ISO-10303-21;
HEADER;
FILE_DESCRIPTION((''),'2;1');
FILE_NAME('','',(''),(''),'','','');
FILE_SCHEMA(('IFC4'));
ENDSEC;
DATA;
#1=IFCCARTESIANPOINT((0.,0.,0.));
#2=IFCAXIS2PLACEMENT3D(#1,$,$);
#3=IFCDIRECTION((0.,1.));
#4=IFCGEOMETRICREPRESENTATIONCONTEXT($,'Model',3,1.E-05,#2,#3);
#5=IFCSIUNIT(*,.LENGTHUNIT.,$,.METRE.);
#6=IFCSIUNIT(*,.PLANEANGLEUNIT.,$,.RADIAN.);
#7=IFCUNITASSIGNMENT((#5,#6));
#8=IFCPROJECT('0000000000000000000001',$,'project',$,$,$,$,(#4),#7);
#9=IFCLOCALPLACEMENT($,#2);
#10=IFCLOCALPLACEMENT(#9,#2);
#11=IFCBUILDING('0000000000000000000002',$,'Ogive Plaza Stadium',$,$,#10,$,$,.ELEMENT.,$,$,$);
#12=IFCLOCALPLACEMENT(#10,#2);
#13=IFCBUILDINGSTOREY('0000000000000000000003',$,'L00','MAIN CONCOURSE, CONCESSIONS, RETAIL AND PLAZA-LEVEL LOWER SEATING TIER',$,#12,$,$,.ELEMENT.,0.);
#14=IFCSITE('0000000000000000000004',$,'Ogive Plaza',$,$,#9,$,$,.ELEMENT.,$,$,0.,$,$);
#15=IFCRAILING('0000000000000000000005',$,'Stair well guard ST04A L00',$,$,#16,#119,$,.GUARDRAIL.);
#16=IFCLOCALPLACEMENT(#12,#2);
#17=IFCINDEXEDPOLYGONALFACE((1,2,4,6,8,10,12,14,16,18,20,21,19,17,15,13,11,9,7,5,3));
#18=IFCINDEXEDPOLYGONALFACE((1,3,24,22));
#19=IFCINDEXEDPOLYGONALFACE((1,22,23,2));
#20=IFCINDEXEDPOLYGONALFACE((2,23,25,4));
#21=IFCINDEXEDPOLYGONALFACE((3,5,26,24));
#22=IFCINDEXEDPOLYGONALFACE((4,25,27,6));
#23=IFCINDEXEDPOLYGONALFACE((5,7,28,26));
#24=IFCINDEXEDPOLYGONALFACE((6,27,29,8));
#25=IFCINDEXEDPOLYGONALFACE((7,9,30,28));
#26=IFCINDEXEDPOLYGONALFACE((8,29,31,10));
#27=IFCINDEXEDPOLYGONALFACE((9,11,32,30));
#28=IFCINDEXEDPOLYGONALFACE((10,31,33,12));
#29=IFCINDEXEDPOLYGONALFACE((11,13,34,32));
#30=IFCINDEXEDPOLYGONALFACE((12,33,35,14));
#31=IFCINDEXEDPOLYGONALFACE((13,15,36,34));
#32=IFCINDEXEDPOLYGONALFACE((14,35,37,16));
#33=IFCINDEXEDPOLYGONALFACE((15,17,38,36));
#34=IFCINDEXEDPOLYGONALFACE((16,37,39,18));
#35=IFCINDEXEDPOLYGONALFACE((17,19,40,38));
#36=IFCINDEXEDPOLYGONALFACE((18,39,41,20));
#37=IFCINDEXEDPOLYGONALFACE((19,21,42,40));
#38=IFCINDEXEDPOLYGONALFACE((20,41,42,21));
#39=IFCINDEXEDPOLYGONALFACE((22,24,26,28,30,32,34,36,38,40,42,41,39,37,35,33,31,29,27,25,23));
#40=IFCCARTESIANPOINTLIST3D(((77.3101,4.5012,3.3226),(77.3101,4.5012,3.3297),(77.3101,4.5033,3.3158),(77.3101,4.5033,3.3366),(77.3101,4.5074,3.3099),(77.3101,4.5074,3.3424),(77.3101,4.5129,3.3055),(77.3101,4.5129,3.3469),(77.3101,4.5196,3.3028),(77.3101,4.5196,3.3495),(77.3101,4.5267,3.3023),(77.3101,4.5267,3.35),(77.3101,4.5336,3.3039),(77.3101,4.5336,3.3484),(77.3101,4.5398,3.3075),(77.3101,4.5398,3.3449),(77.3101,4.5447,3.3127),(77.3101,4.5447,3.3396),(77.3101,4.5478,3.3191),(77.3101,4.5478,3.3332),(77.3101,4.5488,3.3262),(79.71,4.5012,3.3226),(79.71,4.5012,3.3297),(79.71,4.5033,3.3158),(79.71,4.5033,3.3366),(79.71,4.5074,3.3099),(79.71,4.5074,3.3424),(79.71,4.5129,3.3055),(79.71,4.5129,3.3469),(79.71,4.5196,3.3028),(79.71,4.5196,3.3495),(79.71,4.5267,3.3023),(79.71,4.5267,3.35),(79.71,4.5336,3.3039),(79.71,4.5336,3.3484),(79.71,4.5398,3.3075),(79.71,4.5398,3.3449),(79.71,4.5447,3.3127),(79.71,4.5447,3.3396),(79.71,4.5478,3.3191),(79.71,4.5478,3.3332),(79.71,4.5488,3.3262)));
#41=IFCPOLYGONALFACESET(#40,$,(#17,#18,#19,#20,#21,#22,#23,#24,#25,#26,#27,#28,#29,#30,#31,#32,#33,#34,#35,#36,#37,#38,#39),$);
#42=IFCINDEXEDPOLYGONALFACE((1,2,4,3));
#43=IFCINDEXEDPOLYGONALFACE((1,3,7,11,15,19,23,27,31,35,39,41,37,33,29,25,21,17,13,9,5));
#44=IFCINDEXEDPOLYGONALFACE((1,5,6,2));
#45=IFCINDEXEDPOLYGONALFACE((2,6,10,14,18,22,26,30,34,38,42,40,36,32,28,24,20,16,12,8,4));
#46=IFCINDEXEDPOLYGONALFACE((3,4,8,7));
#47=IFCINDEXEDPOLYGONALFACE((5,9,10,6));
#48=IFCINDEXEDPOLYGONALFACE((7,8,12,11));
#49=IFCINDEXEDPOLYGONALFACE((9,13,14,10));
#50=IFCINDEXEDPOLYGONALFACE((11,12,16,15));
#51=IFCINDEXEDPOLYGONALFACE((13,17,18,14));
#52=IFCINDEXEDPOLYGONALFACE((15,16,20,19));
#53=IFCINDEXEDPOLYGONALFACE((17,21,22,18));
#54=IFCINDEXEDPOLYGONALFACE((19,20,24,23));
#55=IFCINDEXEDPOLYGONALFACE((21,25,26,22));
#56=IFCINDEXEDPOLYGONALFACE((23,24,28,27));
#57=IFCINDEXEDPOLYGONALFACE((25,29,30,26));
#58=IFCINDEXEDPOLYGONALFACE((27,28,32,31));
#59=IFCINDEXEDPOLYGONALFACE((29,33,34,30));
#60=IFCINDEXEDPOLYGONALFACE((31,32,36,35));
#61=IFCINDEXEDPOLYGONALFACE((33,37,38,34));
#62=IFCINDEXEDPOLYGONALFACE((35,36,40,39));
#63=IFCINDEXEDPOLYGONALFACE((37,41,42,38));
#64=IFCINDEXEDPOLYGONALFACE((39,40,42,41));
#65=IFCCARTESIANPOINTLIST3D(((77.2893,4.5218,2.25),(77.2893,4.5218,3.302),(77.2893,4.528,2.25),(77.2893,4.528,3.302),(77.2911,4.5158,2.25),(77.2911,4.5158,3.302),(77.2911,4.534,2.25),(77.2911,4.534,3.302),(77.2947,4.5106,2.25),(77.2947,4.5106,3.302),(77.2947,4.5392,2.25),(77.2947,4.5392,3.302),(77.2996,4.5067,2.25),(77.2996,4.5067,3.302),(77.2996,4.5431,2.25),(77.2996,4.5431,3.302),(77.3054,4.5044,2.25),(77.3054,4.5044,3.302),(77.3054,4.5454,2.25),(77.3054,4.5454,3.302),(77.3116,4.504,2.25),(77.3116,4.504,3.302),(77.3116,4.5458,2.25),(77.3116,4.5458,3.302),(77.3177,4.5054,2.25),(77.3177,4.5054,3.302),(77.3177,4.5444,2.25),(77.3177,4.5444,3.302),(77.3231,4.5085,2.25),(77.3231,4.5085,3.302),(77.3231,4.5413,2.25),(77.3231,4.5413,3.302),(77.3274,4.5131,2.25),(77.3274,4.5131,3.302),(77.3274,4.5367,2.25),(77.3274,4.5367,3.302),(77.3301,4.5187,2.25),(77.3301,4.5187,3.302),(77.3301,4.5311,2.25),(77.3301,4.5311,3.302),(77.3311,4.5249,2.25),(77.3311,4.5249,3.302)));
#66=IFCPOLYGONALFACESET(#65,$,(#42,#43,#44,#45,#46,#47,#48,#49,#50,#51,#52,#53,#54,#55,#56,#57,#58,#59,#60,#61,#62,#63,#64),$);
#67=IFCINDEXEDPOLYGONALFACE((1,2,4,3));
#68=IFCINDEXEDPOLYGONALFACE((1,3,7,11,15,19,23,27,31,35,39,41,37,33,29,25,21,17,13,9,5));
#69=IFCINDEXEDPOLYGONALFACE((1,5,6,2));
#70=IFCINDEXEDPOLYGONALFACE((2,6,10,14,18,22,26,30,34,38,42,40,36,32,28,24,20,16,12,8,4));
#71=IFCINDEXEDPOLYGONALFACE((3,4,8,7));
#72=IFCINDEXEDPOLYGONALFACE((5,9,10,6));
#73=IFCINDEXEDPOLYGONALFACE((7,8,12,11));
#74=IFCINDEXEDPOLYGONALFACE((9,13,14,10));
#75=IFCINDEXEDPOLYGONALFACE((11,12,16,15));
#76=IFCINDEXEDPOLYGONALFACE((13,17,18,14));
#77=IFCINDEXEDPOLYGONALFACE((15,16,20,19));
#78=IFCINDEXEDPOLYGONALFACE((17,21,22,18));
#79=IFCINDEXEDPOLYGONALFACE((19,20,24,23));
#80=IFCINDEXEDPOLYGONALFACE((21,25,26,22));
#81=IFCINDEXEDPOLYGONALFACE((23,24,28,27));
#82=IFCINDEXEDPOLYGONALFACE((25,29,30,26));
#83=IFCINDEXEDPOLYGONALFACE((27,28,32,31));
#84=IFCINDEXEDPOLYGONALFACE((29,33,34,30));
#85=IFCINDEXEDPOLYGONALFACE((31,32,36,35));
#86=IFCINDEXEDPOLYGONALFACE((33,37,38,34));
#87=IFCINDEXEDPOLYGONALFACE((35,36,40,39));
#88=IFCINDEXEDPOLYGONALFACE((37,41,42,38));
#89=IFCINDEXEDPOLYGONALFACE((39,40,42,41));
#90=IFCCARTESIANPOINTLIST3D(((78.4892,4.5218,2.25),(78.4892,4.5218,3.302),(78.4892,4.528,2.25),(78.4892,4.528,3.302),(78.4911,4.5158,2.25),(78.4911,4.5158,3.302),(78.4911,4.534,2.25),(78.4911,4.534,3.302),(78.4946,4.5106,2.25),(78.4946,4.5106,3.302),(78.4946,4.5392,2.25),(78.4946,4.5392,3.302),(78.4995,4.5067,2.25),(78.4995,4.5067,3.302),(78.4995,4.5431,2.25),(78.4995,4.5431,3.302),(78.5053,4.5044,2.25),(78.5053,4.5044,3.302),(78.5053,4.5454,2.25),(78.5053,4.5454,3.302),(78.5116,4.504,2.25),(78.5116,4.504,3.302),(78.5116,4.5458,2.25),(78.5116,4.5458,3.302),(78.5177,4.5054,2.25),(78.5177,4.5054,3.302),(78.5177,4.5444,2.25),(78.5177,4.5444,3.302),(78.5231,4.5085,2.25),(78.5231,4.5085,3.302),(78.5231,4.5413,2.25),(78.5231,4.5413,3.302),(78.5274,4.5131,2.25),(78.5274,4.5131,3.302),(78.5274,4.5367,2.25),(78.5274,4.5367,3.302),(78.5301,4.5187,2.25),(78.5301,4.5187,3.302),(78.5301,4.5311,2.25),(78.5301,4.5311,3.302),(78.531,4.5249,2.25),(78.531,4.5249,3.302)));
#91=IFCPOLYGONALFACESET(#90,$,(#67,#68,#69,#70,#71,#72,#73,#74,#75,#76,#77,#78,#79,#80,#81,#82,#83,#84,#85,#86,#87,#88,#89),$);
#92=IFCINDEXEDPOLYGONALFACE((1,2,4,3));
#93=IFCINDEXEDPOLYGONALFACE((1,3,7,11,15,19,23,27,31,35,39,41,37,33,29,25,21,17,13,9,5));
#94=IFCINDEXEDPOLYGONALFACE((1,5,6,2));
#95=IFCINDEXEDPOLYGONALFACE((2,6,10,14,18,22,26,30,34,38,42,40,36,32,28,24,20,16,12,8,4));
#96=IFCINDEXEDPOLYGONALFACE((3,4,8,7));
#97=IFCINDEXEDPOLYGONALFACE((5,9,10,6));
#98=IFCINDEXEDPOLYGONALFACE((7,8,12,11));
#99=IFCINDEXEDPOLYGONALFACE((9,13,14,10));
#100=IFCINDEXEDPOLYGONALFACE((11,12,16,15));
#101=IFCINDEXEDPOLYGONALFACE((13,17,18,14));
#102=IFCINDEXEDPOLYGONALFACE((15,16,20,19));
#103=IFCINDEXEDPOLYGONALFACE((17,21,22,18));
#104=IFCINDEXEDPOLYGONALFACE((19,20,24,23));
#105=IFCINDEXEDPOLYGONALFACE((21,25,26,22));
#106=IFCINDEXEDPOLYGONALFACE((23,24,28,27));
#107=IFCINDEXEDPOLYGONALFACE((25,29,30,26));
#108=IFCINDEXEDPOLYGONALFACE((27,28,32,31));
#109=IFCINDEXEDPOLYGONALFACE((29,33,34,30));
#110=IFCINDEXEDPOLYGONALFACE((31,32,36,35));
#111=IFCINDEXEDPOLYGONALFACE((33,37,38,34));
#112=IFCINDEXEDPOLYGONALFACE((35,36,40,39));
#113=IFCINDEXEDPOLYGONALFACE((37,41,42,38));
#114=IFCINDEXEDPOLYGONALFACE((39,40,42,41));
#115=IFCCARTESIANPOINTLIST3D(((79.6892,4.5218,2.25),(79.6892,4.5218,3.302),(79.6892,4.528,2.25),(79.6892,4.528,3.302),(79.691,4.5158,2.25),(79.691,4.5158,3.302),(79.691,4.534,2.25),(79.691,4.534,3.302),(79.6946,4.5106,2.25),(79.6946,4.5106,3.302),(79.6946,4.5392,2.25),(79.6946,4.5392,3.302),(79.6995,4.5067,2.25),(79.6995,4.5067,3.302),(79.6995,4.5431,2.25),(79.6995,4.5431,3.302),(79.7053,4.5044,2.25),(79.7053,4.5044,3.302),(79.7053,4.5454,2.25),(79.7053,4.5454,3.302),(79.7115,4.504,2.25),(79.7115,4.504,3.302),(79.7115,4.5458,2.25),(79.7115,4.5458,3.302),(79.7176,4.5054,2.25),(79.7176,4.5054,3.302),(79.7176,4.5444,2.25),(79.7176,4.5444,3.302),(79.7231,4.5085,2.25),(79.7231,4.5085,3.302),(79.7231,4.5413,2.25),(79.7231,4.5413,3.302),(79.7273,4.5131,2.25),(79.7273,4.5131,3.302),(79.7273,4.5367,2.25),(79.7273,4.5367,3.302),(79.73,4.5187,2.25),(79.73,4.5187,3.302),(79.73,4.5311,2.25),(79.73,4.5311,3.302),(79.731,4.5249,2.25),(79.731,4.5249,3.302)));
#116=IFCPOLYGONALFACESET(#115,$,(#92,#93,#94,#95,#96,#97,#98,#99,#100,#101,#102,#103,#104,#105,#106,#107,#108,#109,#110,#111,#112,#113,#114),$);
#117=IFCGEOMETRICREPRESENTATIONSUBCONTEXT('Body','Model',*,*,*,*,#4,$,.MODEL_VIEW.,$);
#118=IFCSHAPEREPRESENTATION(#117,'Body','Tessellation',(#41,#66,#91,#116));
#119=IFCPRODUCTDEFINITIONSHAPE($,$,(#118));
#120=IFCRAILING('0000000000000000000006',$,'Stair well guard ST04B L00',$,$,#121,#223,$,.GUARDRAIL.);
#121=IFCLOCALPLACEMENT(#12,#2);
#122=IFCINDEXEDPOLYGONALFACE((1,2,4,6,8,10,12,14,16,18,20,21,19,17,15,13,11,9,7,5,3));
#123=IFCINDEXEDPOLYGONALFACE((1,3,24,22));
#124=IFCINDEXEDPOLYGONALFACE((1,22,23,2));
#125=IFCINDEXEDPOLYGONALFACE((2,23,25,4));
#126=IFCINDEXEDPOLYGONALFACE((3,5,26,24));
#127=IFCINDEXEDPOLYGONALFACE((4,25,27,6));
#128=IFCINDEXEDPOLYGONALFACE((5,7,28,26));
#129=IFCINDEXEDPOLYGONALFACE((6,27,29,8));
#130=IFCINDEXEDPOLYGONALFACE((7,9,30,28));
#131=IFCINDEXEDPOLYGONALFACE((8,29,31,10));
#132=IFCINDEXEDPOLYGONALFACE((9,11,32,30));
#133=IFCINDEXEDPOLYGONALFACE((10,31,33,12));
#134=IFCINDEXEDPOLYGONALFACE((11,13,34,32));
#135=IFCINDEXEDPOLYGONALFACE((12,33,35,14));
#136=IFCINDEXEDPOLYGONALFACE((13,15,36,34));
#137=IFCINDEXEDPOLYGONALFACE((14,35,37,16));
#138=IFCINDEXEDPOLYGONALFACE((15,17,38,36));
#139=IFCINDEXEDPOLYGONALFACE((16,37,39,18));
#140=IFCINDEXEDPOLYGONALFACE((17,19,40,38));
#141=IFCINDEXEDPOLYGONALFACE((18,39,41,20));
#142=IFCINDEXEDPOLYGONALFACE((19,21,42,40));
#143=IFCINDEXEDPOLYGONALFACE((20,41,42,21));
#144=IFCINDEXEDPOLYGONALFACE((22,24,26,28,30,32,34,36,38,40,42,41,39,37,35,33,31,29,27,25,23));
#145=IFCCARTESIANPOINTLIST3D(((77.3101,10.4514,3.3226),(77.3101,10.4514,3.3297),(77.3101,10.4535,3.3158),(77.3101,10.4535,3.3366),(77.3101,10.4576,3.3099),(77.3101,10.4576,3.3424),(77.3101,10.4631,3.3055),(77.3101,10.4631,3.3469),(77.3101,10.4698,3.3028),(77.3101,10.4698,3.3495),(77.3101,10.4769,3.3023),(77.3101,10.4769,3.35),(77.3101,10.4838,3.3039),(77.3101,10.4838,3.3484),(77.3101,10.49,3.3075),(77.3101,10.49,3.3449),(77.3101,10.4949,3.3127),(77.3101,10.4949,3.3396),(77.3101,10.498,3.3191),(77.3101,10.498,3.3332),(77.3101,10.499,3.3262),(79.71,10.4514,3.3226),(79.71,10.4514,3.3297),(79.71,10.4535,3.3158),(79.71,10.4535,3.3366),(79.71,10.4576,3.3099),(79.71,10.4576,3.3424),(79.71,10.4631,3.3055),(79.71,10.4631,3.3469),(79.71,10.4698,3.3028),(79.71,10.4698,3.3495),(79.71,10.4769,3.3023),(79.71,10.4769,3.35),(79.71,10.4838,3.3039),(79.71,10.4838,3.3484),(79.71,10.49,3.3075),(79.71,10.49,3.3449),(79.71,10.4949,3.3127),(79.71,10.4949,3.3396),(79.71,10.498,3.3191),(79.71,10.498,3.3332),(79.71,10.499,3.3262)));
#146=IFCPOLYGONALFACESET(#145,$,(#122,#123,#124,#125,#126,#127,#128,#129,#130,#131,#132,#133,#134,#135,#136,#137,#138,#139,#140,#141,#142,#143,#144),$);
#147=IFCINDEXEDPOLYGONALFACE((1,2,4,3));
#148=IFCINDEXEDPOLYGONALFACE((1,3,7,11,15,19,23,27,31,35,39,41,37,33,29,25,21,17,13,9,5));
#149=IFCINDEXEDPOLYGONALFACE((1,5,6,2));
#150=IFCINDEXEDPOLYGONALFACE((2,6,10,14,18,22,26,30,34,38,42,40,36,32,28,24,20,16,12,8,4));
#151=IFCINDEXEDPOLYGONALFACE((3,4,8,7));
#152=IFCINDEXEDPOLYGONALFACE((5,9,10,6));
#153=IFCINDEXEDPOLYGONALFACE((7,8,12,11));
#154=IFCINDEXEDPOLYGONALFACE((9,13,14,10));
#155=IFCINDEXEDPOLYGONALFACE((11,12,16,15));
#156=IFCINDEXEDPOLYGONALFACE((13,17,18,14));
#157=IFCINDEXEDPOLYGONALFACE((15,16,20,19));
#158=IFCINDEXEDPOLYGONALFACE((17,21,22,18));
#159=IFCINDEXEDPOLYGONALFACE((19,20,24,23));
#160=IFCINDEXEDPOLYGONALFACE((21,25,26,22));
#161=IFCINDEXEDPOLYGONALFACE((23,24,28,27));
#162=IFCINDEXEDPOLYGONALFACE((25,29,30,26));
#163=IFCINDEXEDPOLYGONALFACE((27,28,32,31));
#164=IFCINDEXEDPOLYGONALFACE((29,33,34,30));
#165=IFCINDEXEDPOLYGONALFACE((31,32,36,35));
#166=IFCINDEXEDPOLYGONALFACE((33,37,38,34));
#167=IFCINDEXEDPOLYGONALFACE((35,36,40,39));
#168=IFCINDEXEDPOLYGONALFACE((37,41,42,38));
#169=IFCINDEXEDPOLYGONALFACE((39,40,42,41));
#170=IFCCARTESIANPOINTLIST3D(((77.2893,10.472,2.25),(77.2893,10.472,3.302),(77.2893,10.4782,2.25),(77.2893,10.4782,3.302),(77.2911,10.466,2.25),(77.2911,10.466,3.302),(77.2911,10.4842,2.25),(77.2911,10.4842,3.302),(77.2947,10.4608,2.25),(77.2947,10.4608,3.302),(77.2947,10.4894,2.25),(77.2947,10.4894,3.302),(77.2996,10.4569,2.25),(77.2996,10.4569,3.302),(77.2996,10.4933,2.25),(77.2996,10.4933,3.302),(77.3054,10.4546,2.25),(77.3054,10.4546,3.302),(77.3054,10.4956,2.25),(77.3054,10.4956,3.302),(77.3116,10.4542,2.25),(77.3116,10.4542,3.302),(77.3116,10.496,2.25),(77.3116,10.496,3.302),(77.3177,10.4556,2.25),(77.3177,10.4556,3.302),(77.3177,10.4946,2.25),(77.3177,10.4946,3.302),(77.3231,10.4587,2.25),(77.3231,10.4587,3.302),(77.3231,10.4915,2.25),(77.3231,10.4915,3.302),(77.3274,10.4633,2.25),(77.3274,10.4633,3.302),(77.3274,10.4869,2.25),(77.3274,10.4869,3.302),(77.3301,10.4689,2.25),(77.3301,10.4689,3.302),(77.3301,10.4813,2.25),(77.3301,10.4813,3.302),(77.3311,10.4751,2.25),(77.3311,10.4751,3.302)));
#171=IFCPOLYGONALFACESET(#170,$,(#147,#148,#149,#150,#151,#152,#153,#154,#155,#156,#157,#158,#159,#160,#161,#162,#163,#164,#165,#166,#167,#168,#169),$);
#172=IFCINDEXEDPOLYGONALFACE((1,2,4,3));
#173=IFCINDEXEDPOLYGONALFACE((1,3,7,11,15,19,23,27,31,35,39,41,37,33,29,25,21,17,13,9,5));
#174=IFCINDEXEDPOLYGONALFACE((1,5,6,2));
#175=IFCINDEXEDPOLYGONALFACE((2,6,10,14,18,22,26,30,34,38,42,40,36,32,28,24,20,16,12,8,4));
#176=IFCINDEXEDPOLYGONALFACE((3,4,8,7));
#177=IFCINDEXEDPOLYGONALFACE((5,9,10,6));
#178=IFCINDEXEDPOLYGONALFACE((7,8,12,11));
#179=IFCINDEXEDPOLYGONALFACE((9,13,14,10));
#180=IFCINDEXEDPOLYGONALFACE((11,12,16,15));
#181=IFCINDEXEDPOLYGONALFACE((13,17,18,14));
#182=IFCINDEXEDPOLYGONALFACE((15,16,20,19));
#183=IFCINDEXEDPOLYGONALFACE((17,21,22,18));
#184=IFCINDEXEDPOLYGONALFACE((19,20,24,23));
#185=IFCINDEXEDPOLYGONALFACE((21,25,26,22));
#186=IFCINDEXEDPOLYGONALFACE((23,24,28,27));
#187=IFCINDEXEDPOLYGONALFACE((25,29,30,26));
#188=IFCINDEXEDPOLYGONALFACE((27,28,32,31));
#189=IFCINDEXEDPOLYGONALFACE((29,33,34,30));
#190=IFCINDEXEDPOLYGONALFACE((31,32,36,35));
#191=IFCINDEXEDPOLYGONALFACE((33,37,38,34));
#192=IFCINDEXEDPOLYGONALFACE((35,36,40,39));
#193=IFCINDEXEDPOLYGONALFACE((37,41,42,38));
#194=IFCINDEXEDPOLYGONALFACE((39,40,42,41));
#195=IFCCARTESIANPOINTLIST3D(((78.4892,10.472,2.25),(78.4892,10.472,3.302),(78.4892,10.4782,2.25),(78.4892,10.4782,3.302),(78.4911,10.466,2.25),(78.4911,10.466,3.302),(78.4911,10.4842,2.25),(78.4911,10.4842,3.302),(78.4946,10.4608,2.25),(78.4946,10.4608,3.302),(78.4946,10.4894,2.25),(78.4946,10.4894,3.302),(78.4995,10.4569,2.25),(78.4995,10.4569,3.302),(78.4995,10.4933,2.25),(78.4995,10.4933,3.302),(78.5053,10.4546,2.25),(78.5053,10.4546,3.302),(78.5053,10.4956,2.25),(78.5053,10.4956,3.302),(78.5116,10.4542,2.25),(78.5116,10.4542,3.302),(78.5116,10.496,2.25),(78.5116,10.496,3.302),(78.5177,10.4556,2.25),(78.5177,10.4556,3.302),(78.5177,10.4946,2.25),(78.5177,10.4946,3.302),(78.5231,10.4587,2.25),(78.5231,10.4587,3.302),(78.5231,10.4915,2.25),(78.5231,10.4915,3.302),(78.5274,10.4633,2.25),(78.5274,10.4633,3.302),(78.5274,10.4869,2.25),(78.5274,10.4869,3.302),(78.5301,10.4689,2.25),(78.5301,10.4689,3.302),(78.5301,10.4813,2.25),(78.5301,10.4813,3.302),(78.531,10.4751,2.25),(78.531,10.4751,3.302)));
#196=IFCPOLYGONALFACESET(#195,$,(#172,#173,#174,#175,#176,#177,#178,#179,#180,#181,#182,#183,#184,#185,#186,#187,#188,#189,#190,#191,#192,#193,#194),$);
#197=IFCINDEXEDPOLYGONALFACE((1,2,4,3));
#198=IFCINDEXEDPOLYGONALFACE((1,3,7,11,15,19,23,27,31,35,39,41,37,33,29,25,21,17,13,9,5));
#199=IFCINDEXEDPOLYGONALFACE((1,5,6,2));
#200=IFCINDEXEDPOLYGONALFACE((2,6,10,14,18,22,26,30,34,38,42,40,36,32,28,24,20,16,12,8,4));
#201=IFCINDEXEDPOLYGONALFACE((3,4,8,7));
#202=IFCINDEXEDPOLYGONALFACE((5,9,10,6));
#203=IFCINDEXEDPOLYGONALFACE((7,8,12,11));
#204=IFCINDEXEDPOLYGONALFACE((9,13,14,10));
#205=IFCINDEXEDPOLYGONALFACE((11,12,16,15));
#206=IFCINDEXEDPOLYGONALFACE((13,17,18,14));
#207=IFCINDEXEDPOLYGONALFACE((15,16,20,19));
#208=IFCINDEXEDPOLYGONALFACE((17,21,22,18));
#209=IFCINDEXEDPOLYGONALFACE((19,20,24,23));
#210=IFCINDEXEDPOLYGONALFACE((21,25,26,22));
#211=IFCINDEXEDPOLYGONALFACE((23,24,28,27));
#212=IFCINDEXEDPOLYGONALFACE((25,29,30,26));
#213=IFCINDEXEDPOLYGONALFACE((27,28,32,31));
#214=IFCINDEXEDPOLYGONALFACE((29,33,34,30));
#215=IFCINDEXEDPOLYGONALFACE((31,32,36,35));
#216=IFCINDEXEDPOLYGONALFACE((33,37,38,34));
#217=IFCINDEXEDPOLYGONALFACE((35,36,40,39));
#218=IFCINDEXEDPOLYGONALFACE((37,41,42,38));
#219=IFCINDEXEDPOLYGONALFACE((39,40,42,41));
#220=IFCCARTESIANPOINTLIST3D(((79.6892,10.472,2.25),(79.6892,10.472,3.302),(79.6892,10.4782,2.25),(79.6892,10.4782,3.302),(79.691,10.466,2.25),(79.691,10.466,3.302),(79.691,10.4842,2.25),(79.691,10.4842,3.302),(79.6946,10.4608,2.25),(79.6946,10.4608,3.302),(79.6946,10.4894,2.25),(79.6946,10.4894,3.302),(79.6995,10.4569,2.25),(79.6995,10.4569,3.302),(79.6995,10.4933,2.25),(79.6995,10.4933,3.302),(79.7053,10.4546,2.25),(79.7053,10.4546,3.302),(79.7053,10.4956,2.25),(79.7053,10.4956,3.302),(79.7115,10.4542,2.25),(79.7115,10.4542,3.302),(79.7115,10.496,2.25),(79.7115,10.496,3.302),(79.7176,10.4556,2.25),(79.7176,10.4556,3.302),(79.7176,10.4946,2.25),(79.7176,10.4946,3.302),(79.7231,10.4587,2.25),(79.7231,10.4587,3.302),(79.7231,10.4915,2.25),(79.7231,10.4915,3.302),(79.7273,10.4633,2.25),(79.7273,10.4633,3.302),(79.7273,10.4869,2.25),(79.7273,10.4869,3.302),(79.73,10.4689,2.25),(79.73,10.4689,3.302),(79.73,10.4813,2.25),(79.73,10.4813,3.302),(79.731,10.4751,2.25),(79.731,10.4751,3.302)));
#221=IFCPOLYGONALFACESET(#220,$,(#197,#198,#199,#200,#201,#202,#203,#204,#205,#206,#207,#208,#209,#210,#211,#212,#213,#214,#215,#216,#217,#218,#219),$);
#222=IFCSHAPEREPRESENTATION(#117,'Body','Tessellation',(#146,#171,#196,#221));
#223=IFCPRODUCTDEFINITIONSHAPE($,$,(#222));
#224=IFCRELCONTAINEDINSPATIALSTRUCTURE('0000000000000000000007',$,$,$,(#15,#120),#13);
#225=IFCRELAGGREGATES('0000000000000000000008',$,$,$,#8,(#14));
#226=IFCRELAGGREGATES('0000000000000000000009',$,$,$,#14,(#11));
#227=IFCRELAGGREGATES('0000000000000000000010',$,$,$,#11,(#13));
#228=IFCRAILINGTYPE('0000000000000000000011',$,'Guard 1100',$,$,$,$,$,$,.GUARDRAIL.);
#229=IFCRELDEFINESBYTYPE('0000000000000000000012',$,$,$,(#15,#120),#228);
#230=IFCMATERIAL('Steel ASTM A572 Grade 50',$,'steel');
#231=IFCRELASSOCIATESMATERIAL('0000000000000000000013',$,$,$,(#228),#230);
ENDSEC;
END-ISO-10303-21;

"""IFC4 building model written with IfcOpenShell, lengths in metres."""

from ifc_helpers import new_model, si_unit, direction, frame, origin, origin_2d, place, context, subcontext, project, spatial, circle, extrude, material, type_object, element, save


model = new_model("IFC4")

# Units and contexts
model_context = context("Model", 3, precision=1e-05, world=origin(), true_north=direction((0.0, 1.0)))
body_context = subcontext(model_context, "Body", "Model", "MODEL_VIEW")
ifc_project = project(units=[si_unit("LENGTHUNIT", "METRE"), si_unit("PLANEANGLEUNIT", "RADIAN")], contexts=[model_context])

# Site, building, storey
site_placement = place(None, origin())
site = spatial("IfcSite", under=ifc_project, at=site_placement, Name="Ogive Plaza", CompositionType="ELEMENT", RefElevation=0.0)
building_placement = place(site_placement, origin())
building = spatial("IfcBuilding", under=site, at=building_placement, Name="Ogive Plaza Stadium", CompositionType="ELEMENT")
storey_placement = place(building_placement, origin())
storey = spatial("IfcBuildingStorey", under=building, at=storey_placement, Name="L00", Description="MAIN CONCOURSE, CONCESSIONS, RETAIL AND PLAZA-LEVEL LOWER SEATING TIER", CompositionType="ELEMENT", Elevation=0.0)

# Railings
ifc_material_1 = material(Name="Steel ASTM A572 Grade 50", Category="steel")
railing_type_1 = type_object("IfcRailingType", Name="Guard 1100", PredefinedType="GUARDRAIL", material=ifc_material_1)
for number, where, name in (
    (1, (77.3101, 4.5249, 2.25), "Stair well guard ST04A L00"),
    (2, (77.3101, 10.4751, 2.25), "Stair well guard ST04B L00"),
):
    element("IfcRailing", number, at=place(storey_placement, frame(where)), inside=storey, type_object=railing_type_1, Name=name, PredefinedType="GUARDRAIL", context=body_context, shape_type="SweptSolid", body=[
        extrude(circle(Radius=0.0239, at=origin_2d()), frame((0.0, 0.0, 1.0762), z_axis=(1.0, 0.0, 0.0), x_axis=(0.0, 1.0, 0.0)), (0.0, 0.0, 1.0), 2.3999),
        extrude(circle(Radius=0.021, at=origin_2d()), origin(), (0.0, 0.0, 1.0), 1.052),
        extrude(circle(Radius=0.021, at=origin_2d()), frame((1.2, 0.0, 0.0)), (0.0, 0.0, 1.0), 1.052),
        extrude(circle(Radius=0.021, at=origin_2d()), frame((2.3999, 0.0, 0.0)), (0.0, 0.0, 1.0), 1.052),
    ])

save(model, "model.ifc")
